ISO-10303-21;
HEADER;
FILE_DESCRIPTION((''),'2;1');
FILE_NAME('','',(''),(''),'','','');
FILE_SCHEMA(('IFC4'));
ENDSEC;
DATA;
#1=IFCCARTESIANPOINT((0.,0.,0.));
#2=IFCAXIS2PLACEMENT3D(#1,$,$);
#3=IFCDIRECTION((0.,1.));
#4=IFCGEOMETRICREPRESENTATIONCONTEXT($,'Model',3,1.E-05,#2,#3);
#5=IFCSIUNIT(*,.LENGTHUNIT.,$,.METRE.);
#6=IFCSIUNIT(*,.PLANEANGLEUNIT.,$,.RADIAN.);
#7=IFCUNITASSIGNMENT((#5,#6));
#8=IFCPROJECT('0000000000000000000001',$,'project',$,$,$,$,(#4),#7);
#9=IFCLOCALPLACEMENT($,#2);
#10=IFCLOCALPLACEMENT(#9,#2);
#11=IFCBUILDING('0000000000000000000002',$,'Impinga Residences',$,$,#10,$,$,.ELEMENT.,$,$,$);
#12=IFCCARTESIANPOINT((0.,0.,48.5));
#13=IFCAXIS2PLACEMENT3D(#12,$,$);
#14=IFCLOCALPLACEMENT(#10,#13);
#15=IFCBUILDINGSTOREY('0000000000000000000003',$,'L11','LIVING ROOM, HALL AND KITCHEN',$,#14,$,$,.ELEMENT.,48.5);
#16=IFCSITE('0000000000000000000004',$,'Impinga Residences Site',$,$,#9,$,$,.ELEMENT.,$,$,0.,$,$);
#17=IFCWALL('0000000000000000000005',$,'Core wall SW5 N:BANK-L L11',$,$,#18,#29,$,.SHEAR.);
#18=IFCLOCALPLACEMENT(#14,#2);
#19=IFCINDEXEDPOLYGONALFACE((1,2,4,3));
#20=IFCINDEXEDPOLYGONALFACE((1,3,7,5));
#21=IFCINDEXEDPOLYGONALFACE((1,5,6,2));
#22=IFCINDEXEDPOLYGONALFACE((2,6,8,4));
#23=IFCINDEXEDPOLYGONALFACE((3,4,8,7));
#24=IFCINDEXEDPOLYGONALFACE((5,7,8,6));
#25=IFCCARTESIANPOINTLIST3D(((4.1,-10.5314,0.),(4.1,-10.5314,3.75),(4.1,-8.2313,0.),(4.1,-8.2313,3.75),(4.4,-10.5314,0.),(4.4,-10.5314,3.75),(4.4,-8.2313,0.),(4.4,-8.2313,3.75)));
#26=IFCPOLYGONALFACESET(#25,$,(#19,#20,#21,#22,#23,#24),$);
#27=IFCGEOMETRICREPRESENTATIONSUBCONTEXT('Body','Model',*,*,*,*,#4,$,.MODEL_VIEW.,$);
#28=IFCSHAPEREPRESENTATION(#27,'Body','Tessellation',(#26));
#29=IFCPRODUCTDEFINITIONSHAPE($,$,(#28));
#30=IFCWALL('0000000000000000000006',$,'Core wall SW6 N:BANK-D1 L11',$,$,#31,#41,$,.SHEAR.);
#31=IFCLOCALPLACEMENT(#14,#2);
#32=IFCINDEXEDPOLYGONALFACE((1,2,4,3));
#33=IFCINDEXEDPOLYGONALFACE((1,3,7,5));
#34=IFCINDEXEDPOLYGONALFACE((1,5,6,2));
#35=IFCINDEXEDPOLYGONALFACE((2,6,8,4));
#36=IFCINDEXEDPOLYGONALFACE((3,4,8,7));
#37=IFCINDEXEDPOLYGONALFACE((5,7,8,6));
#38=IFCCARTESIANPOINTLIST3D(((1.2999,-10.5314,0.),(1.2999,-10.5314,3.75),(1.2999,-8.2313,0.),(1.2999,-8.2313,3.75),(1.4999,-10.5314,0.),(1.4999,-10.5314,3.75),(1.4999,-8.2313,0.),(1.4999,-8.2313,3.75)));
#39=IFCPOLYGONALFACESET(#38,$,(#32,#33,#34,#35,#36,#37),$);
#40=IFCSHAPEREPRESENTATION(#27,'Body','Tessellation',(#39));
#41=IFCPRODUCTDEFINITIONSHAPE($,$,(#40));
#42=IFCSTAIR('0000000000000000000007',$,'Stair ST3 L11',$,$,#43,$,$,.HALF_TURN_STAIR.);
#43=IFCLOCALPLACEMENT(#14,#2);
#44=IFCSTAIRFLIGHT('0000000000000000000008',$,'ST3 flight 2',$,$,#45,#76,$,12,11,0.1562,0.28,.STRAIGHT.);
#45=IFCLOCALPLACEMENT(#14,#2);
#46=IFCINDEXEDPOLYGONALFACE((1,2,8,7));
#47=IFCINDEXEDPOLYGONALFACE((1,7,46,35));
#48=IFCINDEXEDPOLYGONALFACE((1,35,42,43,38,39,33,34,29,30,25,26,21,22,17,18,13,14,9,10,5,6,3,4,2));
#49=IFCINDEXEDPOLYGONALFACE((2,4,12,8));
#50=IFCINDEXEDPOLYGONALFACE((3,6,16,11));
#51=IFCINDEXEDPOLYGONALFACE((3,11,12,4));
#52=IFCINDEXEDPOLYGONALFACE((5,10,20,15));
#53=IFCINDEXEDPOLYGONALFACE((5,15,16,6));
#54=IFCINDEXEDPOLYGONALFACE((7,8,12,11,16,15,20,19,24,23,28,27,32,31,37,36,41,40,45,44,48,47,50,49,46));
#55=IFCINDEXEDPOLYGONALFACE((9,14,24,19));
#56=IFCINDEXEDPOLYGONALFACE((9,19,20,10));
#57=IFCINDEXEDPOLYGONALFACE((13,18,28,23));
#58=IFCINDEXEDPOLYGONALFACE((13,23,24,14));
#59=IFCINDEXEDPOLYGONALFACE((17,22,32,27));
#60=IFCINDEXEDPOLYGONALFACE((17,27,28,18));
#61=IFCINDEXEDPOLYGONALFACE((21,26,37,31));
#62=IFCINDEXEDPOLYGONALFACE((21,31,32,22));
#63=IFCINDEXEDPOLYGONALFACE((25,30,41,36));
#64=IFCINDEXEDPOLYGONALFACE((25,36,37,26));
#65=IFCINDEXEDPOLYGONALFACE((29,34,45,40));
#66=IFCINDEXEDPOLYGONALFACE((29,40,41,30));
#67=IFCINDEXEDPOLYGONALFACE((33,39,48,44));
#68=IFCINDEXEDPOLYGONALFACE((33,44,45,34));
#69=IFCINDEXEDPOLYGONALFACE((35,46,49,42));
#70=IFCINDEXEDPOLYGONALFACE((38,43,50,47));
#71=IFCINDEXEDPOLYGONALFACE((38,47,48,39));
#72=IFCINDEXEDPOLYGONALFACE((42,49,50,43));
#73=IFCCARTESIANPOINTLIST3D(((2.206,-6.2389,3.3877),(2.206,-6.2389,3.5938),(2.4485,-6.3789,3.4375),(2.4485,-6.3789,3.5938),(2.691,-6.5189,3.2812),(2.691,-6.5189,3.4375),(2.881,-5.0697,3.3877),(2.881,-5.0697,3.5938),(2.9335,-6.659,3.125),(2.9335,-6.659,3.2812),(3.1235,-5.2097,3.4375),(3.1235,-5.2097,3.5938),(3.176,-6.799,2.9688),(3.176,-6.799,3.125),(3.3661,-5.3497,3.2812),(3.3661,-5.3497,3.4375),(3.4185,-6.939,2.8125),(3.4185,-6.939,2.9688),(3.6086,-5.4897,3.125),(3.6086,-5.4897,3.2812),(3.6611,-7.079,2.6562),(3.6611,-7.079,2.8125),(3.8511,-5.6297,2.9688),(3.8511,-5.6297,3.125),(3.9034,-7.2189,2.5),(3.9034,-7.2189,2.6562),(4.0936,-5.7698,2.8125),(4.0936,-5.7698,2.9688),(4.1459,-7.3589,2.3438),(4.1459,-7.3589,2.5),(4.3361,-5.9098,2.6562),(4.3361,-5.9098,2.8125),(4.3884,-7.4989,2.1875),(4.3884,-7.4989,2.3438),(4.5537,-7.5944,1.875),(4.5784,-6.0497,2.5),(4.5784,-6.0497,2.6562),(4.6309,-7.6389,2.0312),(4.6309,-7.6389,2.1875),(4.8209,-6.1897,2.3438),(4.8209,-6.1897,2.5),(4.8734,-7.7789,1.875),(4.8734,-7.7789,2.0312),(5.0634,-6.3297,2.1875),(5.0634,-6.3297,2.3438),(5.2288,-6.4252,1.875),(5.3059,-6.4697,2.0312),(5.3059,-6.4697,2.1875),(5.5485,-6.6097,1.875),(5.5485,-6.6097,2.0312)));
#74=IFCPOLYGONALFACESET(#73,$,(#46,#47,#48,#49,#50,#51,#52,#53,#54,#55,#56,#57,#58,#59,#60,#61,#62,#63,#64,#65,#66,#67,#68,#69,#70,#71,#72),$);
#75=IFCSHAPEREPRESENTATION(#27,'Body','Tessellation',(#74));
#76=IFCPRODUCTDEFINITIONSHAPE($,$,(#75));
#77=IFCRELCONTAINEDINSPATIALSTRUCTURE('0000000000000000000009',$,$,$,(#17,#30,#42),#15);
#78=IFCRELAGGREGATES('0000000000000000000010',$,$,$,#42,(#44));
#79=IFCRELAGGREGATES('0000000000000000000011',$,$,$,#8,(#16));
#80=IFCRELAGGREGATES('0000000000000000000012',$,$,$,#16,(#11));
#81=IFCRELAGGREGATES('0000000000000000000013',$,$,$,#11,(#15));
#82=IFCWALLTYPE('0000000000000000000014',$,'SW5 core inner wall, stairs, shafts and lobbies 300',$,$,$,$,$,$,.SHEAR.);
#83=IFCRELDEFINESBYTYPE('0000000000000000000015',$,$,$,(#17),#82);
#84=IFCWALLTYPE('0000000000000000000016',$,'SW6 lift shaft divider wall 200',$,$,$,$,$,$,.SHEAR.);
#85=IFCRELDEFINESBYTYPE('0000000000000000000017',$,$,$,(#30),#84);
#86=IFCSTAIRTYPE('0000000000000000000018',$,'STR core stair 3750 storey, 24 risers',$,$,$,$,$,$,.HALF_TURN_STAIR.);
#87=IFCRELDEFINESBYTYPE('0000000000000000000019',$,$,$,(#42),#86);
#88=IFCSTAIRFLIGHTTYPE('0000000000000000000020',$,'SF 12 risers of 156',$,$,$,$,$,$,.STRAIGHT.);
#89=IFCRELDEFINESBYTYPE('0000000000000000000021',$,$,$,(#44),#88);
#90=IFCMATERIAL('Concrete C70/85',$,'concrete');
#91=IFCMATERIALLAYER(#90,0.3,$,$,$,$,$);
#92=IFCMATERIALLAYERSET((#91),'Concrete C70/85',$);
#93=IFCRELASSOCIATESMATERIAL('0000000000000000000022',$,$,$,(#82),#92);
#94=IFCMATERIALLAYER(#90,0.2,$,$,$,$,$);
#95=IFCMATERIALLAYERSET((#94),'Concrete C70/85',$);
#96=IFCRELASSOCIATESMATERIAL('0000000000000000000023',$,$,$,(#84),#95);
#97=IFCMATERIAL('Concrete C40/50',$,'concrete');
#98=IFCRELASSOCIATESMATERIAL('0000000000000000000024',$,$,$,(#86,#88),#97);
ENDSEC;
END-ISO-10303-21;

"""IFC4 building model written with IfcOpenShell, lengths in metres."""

from ifc_helpers import new_model, si_unit, direction, frame, frame_2d, origin, place, context, subcontext, project, spatial, polyline, rectangle, outline, extrude, material, layer, layer_set, type_object, element, aggregate, save


model = new_model("IFC4")

# Units and contexts
model_context = context("Model", 3, precision=1e-05, world=origin(), true_north=direction((0.0, 1.0)))
body_context = subcontext(model_context, "Body", "Model", "MODEL_VIEW")
ifc_project = project(units=[si_unit("LENGTHUNIT", "METRE"), si_unit("PLANEANGLEUNIT", "RADIAN")], contexts=[model_context])

# Site, building, storey
site_placement = place(None, origin())
site = spatial("IfcSite", under=ifc_project, at=site_placement, Name="Impinga Residences Site", CompositionType="ELEMENT", RefElevation=0.0)
building_placement = place(site_placement, origin())
building = spatial("IfcBuilding", under=site, at=building_placement, Name="Impinga Residences", CompositionType="ELEMENT")
storey_placement = place(building_placement, frame((0.0, 0.0, 48.5)))
storey = spatial("IfcBuildingStorey", under=building, at=storey_placement, Name="L11", Description="LIVING ROOM, HALL AND KITCHEN", CompositionType="ELEMENT", Elevation=48.5)

# Shared definitions
ifc_material_1 = material(Name="Concrete C70/85", Category="concrete")

# Shared definitions
ifc_layer_1 = layer(ifc_material_1, 0.3)
ifc_layer_set_1 = layer_set([ifc_layer_1], Name="Concrete C70/85")
wall_type_1 = type_object("IfcWallType", Name="SW5 core inner wall, stairs, shafts and lobbies 300", PredefinedType="SHEAR", material=ifc_layer_set_1)

# Walls
wall_1_placement = place(storey_placement, frame((4.25, -8.2314, 0.0), z_axis=(0.0, 0.0, 1.0), x_axis=(0.0, -1.0, 0.0)))
element("IfcWall", 1, at=wall_1_placement, inside=storey, type_object=wall_type_1, Name="Core wall SW5 N:BANK-L L11", PredefinedType="SHEAR", context=body_context, shape_type="SweptSolid", body=[
    extrude(rectangle(XDim=2.3, YDim=0.3, at=frame_2d((1.1499, 0.0))), origin(), (0.0, 0.0, 1.0), 3.75),
])
ifc_layer_2 = layer(ifc_material_1, 0.2)
ifc_layer_set_2 = layer_set([ifc_layer_2], Name="Concrete C70/85")
wall_type_2 = type_object("IfcWallType", Name="SW6 lift shaft divider wall 200", PredefinedType="SHEAR", material=ifc_layer_set_2)
wall_2_placement = place(storey_placement, frame((1.3999, -8.2314, 0.0), z_axis=(0.0, 0.0, 1.0), x_axis=(0.0, -1.0, 0.0)))
element("IfcWall", 2, at=wall_2_placement, inside=storey, type_object=wall_type_2, Name="Core wall SW6 N:BANK-D1 L11", PredefinedType="SHEAR", context=body_context, shape_type="SweptSolid", body=[
    extrude(rectangle(XDim=2.3, YDim=0.2, at=frame_2d((1.1499, 0.0))), origin(), (0.0, 0.0, 1.0), 3.75),
])

# Stair, stair flight
ifc_material_2 = material(Name="Concrete C40/50", Category="concrete")
stair_type = type_object("IfcStairType", Name="STR core stair 3750 storey, 24 risers", PredefinedType="HALF_TURN_STAIR", material=ifc_material_2)
stair_placement = place(storey_placement, origin())
stair = element("IfcStair", 3, at=stair_placement, inside=storey, type_object=stair_type, Name="Stair ST3 L11", PredefinedType="HALF_TURN_STAIR")
stair_flight_type = type_object("IfcStairFlightType", Name="SF 12 risers of 156", PredefinedType="STRAIGHT", material=ifc_material_2)
stair_flight_placement = place(storey_placement, frame((5.2109, -7.1943, 1.875), z_axis=(0.0, 0.0, 1.0), x_axis=(-0.866025, 0.5, 0.0)))
stair_flight = element("IfcStairFlight", 4, at=stair_flight_placement, type_object=stair_flight_type, Name="ST3 flight 2", NumberOfRisers=12, NumberOfTreads=11, PredefinedType="STRAIGHT", RiserHeight=0.1562, TreadLength=0.28, context=body_context, shape_type="SweptSolid", body=[
    extrude(outline(polyline([(0.0, 0.0), (0.0, 0.1562), (0.28, 0.1562), (0.28, 0.3125), (0.5601, 0.3125), (0.5601, 0.4688), (0.8401, 0.4688), (0.8401, 0.625), (1.1201, 0.625), (1.1201, 0.7812), (1.3999, 0.7812), (1.3999, 0.9375), (1.6799, 0.9375), (1.6799, 1.0938), (1.96, 1.0938), (1.96, 1.25), (2.24, 1.25), (2.24, 1.4062), (2.52, 1.4062), (2.52, 1.5625), (2.8, 1.5625), (2.8, 1.7188), (3.0801, 1.7188), (3.0801, 1.875), (3.0801, 1.5127), (0.3691, 0.0), (0.0, 0.0)])), frame((0.0, 0.675, 0.0), z_axis=(0.0, -1.0, 0.0), x_axis=(1.0, 0.0, 0.0)), (0.0, 0.0, 1.0), 1.3501),
])
aggregate(stair, [stair_flight])

save(model, "model.ifc")
